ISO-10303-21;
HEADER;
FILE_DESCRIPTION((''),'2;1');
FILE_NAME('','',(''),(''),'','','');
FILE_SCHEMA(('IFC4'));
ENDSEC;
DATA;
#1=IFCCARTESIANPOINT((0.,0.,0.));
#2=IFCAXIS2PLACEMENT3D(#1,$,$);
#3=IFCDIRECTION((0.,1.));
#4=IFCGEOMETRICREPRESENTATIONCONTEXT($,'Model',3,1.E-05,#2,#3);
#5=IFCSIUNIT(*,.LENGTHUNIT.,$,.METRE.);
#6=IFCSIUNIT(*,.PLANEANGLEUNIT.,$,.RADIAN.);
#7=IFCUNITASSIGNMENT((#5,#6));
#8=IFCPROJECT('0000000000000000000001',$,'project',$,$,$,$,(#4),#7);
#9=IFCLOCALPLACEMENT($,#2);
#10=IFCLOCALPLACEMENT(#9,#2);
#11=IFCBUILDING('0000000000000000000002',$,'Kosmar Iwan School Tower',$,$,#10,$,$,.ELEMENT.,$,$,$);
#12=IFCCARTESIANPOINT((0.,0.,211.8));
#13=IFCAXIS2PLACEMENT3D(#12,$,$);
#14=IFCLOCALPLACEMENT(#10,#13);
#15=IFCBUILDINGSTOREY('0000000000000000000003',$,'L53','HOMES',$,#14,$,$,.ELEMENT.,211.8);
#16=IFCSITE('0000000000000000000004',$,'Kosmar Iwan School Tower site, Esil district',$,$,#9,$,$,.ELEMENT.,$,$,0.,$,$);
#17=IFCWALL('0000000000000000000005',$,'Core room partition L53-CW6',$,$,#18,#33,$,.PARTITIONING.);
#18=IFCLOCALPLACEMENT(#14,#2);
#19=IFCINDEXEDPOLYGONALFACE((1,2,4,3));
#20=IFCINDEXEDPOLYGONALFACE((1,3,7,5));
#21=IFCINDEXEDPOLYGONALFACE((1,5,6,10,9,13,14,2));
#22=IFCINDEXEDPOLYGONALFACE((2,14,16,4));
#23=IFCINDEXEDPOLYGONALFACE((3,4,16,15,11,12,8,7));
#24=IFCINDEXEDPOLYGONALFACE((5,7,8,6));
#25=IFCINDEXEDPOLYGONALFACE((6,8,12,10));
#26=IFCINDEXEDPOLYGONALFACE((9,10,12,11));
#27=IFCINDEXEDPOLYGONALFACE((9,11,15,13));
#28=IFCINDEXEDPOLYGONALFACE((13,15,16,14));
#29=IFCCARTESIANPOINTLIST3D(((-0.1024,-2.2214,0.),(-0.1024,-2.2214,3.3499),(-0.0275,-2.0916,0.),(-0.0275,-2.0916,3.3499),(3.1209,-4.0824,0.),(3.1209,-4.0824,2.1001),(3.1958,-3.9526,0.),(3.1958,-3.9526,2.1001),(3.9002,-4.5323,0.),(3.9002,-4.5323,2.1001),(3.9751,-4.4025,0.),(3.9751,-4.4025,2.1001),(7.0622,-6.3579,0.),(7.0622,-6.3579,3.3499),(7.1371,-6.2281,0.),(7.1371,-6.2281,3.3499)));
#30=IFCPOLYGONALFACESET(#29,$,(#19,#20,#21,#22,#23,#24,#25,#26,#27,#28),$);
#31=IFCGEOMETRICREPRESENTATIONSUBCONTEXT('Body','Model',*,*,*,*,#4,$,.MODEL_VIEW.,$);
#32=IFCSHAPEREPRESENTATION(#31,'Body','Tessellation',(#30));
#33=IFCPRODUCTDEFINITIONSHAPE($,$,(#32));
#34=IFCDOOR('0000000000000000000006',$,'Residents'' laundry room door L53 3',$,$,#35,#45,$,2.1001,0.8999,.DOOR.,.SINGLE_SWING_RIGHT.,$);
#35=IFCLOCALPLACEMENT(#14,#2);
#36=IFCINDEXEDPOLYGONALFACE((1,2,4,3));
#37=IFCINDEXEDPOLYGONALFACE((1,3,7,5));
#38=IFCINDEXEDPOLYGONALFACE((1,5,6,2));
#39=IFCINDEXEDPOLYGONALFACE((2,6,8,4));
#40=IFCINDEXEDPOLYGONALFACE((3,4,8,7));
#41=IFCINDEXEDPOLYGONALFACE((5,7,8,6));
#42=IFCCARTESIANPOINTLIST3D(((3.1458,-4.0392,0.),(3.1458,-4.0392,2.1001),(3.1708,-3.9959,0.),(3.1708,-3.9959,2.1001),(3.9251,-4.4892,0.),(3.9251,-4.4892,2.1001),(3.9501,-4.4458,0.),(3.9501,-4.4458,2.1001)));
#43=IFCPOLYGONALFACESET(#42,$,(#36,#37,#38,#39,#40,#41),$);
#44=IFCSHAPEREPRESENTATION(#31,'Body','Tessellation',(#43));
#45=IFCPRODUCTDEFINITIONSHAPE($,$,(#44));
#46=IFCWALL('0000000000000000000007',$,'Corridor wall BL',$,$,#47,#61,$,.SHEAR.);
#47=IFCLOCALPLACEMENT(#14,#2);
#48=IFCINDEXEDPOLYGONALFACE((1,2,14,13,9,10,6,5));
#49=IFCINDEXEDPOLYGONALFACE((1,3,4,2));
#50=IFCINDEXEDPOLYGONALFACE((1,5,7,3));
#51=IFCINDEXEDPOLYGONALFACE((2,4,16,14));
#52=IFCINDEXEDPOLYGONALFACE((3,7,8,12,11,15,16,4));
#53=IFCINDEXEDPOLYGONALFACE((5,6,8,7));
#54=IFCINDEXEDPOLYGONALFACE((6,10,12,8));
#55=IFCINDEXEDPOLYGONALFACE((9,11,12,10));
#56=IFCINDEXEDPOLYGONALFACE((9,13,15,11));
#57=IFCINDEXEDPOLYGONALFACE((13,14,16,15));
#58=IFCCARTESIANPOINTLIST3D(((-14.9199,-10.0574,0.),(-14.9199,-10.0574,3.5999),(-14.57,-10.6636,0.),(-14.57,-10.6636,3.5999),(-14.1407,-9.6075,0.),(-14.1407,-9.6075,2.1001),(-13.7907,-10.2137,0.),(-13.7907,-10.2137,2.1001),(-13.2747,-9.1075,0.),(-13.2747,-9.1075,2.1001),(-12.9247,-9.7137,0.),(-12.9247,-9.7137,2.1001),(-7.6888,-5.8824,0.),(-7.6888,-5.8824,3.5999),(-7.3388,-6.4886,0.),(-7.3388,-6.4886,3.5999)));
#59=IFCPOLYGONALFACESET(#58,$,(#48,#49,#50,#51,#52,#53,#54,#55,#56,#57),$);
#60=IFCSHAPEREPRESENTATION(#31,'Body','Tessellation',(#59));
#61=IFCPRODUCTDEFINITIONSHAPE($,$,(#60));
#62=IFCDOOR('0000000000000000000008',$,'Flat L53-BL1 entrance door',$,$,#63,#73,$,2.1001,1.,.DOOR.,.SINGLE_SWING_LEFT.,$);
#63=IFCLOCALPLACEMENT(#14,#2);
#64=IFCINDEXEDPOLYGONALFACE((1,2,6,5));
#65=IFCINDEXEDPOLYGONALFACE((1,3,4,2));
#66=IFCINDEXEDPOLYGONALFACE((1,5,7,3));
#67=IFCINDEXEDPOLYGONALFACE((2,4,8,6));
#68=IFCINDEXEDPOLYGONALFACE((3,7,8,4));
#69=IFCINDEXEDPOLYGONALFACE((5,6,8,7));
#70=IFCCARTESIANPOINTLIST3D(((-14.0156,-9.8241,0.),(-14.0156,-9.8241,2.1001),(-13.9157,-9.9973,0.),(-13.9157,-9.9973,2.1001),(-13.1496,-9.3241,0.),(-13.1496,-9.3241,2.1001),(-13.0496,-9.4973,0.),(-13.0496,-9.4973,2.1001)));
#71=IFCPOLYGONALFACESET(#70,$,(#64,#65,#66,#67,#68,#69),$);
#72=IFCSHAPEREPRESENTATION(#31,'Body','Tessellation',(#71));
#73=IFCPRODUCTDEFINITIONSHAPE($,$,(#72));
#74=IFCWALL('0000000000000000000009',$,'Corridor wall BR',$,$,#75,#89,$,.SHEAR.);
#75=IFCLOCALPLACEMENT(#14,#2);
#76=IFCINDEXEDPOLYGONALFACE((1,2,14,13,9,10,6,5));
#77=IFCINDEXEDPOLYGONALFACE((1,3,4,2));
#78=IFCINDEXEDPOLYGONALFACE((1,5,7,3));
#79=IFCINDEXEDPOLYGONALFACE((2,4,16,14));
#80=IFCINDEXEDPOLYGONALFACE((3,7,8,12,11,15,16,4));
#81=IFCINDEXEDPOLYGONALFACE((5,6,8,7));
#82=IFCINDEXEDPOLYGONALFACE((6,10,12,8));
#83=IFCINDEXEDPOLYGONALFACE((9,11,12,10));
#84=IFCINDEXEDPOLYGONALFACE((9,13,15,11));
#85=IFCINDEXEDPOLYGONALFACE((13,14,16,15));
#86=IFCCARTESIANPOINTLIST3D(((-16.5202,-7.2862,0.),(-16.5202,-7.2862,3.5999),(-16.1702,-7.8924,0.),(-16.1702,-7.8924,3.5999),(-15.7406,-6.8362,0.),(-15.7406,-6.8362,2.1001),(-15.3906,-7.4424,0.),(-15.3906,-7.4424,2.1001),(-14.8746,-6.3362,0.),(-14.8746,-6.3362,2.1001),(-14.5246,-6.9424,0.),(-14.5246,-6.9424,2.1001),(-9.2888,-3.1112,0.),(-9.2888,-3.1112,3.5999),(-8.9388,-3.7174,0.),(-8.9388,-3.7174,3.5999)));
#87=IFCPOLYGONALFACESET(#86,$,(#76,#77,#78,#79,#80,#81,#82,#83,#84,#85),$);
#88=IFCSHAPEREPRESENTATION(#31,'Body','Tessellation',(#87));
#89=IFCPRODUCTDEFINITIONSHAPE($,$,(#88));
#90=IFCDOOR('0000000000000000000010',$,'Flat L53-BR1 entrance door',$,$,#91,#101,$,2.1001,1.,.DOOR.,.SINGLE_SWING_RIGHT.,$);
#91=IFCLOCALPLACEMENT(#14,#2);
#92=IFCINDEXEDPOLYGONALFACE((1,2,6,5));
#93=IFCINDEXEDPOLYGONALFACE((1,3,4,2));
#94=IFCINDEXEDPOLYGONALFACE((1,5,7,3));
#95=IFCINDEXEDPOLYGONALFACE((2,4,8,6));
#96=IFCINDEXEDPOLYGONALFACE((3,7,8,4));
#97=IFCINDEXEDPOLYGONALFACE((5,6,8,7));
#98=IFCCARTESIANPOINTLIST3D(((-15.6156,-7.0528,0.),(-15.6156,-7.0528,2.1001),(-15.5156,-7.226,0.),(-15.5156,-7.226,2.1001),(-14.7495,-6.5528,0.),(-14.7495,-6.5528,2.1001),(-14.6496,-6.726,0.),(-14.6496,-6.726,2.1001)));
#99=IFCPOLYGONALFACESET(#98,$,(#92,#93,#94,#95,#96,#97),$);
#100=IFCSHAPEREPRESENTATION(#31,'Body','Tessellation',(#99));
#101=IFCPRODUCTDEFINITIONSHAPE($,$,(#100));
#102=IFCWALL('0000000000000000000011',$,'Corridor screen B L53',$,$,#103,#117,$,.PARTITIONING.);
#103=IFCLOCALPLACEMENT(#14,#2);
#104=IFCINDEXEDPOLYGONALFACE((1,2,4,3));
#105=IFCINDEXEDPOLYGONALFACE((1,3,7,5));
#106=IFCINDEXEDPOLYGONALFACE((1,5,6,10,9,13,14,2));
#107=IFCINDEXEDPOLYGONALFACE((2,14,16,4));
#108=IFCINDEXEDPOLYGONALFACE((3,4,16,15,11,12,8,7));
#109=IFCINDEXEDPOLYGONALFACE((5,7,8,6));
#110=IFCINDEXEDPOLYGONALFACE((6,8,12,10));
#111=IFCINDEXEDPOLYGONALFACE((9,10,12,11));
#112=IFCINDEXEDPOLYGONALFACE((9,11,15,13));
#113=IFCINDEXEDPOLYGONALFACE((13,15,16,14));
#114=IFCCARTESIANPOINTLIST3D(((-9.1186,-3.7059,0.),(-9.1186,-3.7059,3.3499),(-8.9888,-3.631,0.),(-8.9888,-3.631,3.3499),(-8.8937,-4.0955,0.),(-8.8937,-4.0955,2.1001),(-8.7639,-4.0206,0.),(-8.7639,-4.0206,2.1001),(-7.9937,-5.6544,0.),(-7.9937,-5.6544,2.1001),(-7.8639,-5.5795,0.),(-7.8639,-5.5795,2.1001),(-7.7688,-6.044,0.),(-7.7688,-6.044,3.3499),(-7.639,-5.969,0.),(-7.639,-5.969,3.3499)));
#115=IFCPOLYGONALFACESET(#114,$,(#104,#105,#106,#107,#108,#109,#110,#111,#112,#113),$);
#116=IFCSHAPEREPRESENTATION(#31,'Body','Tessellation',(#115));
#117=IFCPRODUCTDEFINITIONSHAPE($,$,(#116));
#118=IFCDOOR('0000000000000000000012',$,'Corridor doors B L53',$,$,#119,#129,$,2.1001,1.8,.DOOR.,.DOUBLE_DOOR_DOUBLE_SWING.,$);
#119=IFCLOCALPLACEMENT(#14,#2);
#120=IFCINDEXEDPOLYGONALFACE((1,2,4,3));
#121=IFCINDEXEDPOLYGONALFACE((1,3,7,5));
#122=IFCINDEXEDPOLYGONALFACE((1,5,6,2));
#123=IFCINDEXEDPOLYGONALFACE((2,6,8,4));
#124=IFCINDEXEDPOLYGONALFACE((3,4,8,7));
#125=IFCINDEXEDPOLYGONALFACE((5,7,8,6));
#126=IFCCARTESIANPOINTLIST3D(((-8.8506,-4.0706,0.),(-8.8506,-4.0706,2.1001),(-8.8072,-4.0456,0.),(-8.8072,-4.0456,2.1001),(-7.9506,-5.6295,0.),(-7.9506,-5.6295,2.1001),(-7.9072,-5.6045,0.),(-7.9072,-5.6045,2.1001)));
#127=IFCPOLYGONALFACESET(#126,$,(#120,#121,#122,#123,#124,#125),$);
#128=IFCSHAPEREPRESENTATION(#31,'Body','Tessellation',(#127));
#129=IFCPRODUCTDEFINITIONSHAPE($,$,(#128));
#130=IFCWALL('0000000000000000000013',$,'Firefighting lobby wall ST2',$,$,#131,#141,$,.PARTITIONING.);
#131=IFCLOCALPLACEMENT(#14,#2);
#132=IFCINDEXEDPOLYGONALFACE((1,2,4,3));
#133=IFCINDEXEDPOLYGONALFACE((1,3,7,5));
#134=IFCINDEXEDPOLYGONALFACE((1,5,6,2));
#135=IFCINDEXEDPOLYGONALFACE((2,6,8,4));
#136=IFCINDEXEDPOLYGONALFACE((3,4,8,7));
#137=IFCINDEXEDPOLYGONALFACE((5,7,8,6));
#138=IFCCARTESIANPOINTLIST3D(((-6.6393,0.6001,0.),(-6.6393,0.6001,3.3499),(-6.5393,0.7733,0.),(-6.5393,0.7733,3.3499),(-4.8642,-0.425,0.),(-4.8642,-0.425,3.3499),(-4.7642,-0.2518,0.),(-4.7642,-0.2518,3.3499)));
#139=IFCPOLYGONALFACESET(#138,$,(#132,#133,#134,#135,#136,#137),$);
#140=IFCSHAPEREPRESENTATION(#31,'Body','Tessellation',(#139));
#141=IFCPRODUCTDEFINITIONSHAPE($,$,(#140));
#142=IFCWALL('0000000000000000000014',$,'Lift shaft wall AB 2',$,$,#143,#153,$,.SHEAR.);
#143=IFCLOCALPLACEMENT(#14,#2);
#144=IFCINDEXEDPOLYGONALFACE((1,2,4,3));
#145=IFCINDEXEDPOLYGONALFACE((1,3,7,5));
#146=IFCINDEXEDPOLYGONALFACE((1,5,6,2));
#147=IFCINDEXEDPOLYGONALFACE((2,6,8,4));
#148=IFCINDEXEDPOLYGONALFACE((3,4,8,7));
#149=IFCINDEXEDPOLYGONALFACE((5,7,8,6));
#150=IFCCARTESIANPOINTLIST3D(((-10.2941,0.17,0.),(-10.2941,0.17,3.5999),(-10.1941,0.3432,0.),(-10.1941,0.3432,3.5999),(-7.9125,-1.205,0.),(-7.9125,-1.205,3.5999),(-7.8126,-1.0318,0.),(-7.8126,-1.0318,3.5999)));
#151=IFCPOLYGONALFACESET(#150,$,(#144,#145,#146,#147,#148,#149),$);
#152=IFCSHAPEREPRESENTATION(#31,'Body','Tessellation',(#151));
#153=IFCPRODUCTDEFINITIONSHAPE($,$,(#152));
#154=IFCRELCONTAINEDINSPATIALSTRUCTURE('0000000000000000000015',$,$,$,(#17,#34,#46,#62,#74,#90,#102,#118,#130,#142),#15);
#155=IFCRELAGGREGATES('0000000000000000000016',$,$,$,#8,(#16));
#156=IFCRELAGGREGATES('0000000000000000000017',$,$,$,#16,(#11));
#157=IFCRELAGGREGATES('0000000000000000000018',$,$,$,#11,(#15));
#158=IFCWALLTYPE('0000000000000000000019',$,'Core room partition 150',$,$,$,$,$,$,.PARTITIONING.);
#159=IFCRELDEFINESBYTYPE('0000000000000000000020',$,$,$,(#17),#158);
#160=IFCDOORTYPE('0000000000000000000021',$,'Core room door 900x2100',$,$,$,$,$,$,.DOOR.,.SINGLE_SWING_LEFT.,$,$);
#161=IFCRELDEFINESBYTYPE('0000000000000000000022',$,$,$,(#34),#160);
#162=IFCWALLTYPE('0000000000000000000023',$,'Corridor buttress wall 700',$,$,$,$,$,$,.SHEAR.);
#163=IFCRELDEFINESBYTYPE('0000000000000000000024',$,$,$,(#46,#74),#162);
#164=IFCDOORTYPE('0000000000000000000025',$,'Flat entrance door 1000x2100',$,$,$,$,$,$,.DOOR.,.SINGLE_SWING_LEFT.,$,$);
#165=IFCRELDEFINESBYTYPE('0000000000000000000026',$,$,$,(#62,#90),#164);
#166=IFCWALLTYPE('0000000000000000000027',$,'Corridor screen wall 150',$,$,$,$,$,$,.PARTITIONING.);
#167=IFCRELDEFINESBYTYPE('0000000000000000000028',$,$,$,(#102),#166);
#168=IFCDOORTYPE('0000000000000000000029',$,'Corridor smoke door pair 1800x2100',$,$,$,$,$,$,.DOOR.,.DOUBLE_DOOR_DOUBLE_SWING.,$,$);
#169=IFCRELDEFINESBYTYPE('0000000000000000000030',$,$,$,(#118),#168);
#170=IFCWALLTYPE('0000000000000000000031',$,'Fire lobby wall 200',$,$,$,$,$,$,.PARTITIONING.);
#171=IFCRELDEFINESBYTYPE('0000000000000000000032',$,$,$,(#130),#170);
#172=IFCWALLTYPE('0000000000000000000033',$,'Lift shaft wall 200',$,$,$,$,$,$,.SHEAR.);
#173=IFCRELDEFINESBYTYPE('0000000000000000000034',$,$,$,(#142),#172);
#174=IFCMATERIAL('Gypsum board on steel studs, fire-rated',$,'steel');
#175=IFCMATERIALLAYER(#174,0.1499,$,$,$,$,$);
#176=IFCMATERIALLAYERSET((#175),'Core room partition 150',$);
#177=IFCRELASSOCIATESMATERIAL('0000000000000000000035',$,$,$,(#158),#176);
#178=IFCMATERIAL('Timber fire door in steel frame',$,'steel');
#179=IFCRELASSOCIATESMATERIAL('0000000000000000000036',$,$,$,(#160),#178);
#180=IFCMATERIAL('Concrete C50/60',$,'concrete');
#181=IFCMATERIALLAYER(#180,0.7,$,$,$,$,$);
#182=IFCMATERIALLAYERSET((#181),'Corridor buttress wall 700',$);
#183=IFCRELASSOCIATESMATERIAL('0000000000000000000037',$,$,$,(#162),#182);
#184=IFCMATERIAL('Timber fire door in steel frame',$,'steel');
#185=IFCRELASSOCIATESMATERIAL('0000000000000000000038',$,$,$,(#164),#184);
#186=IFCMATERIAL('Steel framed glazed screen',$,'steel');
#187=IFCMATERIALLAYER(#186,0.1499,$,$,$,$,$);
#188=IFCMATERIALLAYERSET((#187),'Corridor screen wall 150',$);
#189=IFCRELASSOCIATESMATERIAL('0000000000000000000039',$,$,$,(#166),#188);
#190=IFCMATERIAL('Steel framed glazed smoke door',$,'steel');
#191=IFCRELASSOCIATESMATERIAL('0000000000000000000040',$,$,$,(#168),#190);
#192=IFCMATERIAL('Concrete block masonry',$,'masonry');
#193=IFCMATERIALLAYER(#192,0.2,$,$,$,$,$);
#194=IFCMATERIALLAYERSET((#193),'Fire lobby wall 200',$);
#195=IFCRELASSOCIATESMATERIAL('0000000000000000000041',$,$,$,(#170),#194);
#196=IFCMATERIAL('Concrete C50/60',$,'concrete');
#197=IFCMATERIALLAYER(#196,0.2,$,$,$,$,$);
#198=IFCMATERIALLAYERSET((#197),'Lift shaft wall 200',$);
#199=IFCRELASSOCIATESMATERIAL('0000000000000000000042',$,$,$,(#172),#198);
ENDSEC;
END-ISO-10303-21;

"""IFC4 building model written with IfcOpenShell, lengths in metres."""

from ifc_helpers import new_model, si_unit, direction, frame, frame_2d, origin, place, context, subcontext, project, spatial, rectangle, extrude, material, layer, layer_set, type_object, element, fill, save


model = new_model("IFC4")

# Units and contexts
model_context = context("Model", 3, precision=1e-05, world=origin(), true_north=direction((0.0, 1.0)))
body_context = subcontext(model_context, "Body", "Model", "MODEL_VIEW")
ifc_project = project(units=[si_unit("LENGTHUNIT", "METRE"), si_unit("PLANEANGLEUNIT", "RADIAN")], contexts=[model_context])

# Site, building, storey
site_placement = place(None, origin())
site = spatial("IfcSite", under=ifc_project, at=site_placement, Name="Kosmar Iwan School Tower site, Esil district", CompositionType="ELEMENT", RefElevation=0.0)
building_placement = place(site_placement, origin())
building = spatial("IfcBuilding", under=site, at=building_placement, Name="Kosmar Iwan School Tower", CompositionType="ELEMENT")
storey_placement = place(building_placement, frame((0.0, 0.0, 211.8)))
storey = spatial("IfcBuildingStorey", under=building, at=storey_placement, Name="L53", Description="HOMES", CompositionType="ELEMENT", Elevation=211.8)

# Walls, openings, doors
ifc_material_1 = material(Name="Gypsum board on steel studs, fire-rated", Category="steel")
ifc_layer_1 = layer(ifc_material_1, 0.1499)
ifc_layer_set_1 = layer_set([ifc_layer_1], Name="Core room partition 150")
wall_type_1 = type_object("IfcWallType", Name="Core room partition 150", PredefinedType="PARTITIONING", material=ifc_layer_set_1)
wall_1_placement = place(storey_placement, frame((-0.0649, -2.1565, 0.0), z_axis=(0.0, 0.0, 1.0), x_axis=(0.866024, -0.500002, 0.0)))
wall_1 = element("IfcWall", 1, at=wall_1_placement, inside=storey, type_object=wall_type_1, Name="Core room partition L53-CW6", PredefinedType="PARTITIONING", context=body_context, shape_type="SweptSolid", body=[
    extrude(rectangle(XDim=8.2729, YDim=0.1499, at=frame_2d((4.1365, 0.0))), origin(), (0.0, 0.0, 1.0), 3.3499),
])
opening_1_placement = place(wall_1_placement, frame((3.7219, 0.0, 0.0)))
opening_1 = element("IfcOpeningElement", 2, at=opening_1_placement, cuts=wall_1, PredefinedType="OPENING", context=body_context, shape_type="SweptSolid", body=[
    extrude(rectangle(XDim=0.8999, YDim=2.1001, at=frame_2d((0.45, 1.05))), frame((0.0, 0.0869, 0.0), z_axis=(0.0, -1.0, 0.0), x_axis=(1.0, 0.0, 0.0)), (0.0, 0.0, 1.0), 0.1738),
])
ifc_material_2 = material(Name="Timber fire door in steel frame", Category="steel")
door_type_1 = type_object("IfcDoorType", Name="Core room door 900x2100", OperationType="SINGLE_SWING_LEFT", PredefinedType="DOOR", material=ifc_material_2)
door_1_placement = place(opening_1_placement, origin())
door_1 = element("IfcDoor", 3, at=door_1_placement, inside=storey, type_object=door_type_1, Name="Residents' laundry room door L53 3", OperationType="SINGLE_SWING_RIGHT", OverallHeight=2.1001, OverallWidth=0.8999, PredefinedType="DOOR", context=body_context, shape_type="SweptSolid", body=[
    extrude(rectangle(XDim=0.8999, YDim=2.1001, at=frame_2d((0.45, 1.05))), frame((0.0, 0.0249, 0.0), z_axis=(0.0, -1.0, 0.0), x_axis=(1.0, 0.0, 0.0)), (0.0, 0.0, 1.0), 0.05),
])
fill(opening_1, door_1)
ifc_material_3 = material(Name="Concrete C50/60", Category="concrete")
ifc_layer_2 = layer(ifc_material_3, 0.7)
ifc_layer_set_2 = layer_set([ifc_layer_2], Name="Corridor buttress wall 700")
wall_type_2 = type_object("IfcWallType", Name="Corridor buttress wall 700", PredefinedType="SHEAR", material=ifc_layer_set_2)
wall_2_placement = place(storey_placement, frame((-7.5139, -6.1855, 0.0), z_axis=(0.0, 0.0, 1.0), x_axis=(-0.86602, -0.50001, 0.0)))
wall_2 = element("IfcWall", 4, at=wall_2_placement, inside=storey, type_object=wall_type_2, Name="Corridor wall BL", PredefinedType="SHEAR", context=body_context, shape_type="SweptSolid", body=[
    extrude(rectangle(XDim=8.3499, YDim=0.7, at=frame_2d((4.1748, 0.0))), origin(), (0.0, 0.0, 1.0), 3.5999),
])
opening_2_placement = place(wall_2_placement, frame((6.45, 0.0, 0.0)))
opening_2 = element("IfcOpeningElement", 5, at=opening_2_placement, cuts=wall_2, PredefinedType="OPENING", context=body_context, shape_type="SweptSolid", body=[
    extrude(rectangle(XDim=1.0, YDim=2.1001, at=frame_2d((0.5, 1.05))), frame((0.0, 0.3621, 0.0), z_axis=(0.0, -1.0, 0.0), x_axis=(1.0, 0.0, 0.0)), (0.0, 0.0, 1.0), 0.7239),
])
ifc_material_4 = material(Name="Timber fire door in steel frame", Category="steel")
door_type_2 = type_object("IfcDoorType", Name="Flat entrance door 1000x2100", OperationType="SINGLE_SWING_LEFT", PredefinedType="DOOR", material=ifc_material_4)
door_2_placement = place(opening_2_placement, origin())
door_2 = element("IfcDoor", 6, at=door_2_placement, inside=storey, type_object=door_type_2, Name="Flat L53-BL1 entrance door", OperationType="SINGLE_SWING_LEFT", OverallHeight=2.1001, OverallWidth=1.0, PredefinedType="DOOR", context=body_context, shape_type="SweptSolid", body=[
    extrude(rectangle(XDim=1.0, YDim=2.1001, at=frame_2d((0.5, 1.05))), frame((0.0, 0.1001, 0.0), z_axis=(0.0, -1.0, 0.0), x_axis=(1.0, 0.0, 0.0)), (0.0, 0.0, 1.0), 0.2),
])
fill(opening_2, door_2)
wall_3_placement = place(storey_placement, frame((-9.1138, -3.4143, 0.0), z_axis=(0.0, 0.0, 1.0), x_axis=(-0.866027, -0.499997, 0.0)))
wall_3 = element("IfcWall", 7, at=wall_3_placement, inside=storey, type_object=wall_type_2, Name="Corridor wall BR", PredefinedType="SHEAR", context=body_context, shape_type="SweptSolid", body=[
    extrude(rectangle(XDim=8.3501, YDim=0.7, at=frame_2d((4.175, 0.0))), origin(), (0.0, 0.0, 1.0), 3.5999),
])
opening_3_placement = place(wall_3_placement, frame((6.45, 0.0, 0.0)))
opening_3 = element("IfcOpeningElement", 8, at=opening_3_placement, cuts=wall_3, PredefinedType="OPENING", context=body_context, shape_type="SweptSolid", body=[
    extrude(rectangle(XDim=1.0, YDim=2.1001, at=frame_2d((0.5, 1.05))), frame((0.0, 0.3621, 0.0), z_axis=(0.0, -1.0, 0.0), x_axis=(1.0, 0.0, 0.0)), (0.0, 0.0, 1.0), 0.7239),
])
door_3_placement = place(opening_3_placement, origin())
door_3 = element("IfcDoor", 9, at=door_3_placement, inside=storey, type_object=door_type_2, Name="Flat L53-BR1 entrance door", OperationType="SINGLE_SWING_RIGHT", OverallHeight=2.1001, OverallWidth=1.0, PredefinedType="DOOR", context=body_context, shape_type="SweptSolid", body=[
    extrude(rectangle(XDim=1.0, YDim=2.1001, at=frame_2d((0.5, 1.05))), frame((0.0, 0.1001, 0.0), z_axis=(0.0, -1.0, 0.0), x_axis=(1.0, 0.0, 0.0)), (0.0, 0.0, 1.0), 0.2),
])
fill(opening_3, door_3)
ifc_material_5 = material(Name="Steel framed glazed screen", Category="steel")
ifc_layer_3 = layer(ifc_material_5, 0.1499)
ifc_layer_set_3 = layer_set([ifc_layer_3], Name="Corridor screen wall 150")
wall_type_3 = type_object("IfcWallType", Name="Corridor screen wall 150", PredefinedType="PARTITIONING", material=ifc_layer_set_3)
wall_4_placement = place(storey_placement, frame((-9.0537, -3.6685, 0.0), z_axis=(0.0, 0.0, 1.0), x_axis=(0.499981, -0.866037, 0.0)))
wall_4 = element("IfcWall", 10, at=wall_4_placement, inside=storey, type_object=wall_type_3, Name="Corridor screen B L53", PredefinedType="PARTITIONING", context=body_context, shape_type="SweptSolid", body=[
    extrude(rectangle(XDim=2.6997, YDim=0.1499, at=frame_2d((1.3499, 0.0))), origin(), (0.0, 0.0, 1.0), 3.3499),
])
opening_4_placement = place(wall_4_placement, frame((0.45, 0.0, 0.0)))
opening_4 = element("IfcOpeningElement", 11, at=opening_4_placement, cuts=wall_4, PredefinedType="OPENING", context=body_context, shape_type="SweptSolid", body=[
    extrude(rectangle(XDim=1.8, YDim=2.1001, at=frame_2d((0.8999, 1.05))), frame((0.0, 0.0869, 0.0), z_axis=(0.0, -1.0, 0.0), x_axis=(1.0, 0.0, 0.0)), (0.0, 0.0, 1.0), 0.1738),
])
ifc_material_6 = material(Name="Steel framed glazed smoke door", Category="steel")
door_type_3 = type_object("IfcDoorType", Name="Corridor smoke door pair 1800x2100", OperationType="DOUBLE_DOOR_DOUBLE_SWING", PredefinedType="DOOR", material=ifc_material_6)
door_4_placement = place(opening_4_placement, origin())
door_4 = element("IfcDoor", 12, at=door_4_placement, inside=storey, type_object=door_type_3, Name="Corridor doors B L53", OperationType="DOUBLE_DOOR_DOUBLE_SWING", OverallHeight=2.1001, OverallWidth=1.8, PredefinedType="DOOR", context=body_context, shape_type="SweptSolid", body=[
    extrude(rectangle(XDim=1.8, YDim=2.1001, at=frame_2d((0.8999, 1.05))), frame((0.0, 0.0249, 0.0), z_axis=(0.0, -1.0, 0.0), x_axis=(1.0, 0.0, 0.0)), (0.0, 0.0, 1.0), 0.05),
])
fill(opening_4, door_4)

# Walls
ifc_material_7 = material(Name="Concrete block masonry", Category="masonry")
ifc_layer_4 = layer(ifc_material_7, 0.2)
ifc_layer_set_4 = layer_set([ifc_layer_4], Name="Fire lobby wall 200")
wall_type_4 = type_object("IfcWallType", Name="Fire lobby wall 200", PredefinedType="PARTITIONING", material=ifc_layer_set_4)
wall_5_placement = place(storey_placement, frame((-4.8142, -0.3384, 0.0), z_axis=(0.0, 0.0, 1.0), x_axis=(-0.865969, 0.500097, 0.0)))
element("IfcWall", 13, at=wall_5_placement, inside=storey, type_object=wall_type_4, Name="Firefighting lobby wall ST2", PredefinedType="PARTITIONING", context=body_context, shape_type="SweptSolid", body=[
    extrude(rectangle(XDim=2.0498, YDim=0.2, at=frame_2d((1.0249, 0.0))), origin(), (0.0, 0.0, 1.0), 3.3499),
])
ifc_material_8 = material(Name="Concrete C50/60", Category="concrete")
ifc_layer_5 = layer(ifc_material_8, 0.2)
ifc_layer_set_5 = layer_set([ifc_layer_5], Name="Lift shaft wall 200")
wall_type_5 = type_object("IfcWallType", Name="Lift shaft wall 200", PredefinedType="SHEAR", material=ifc_layer_set_5)
wall_6_placement = place(storey_placement, frame((-7.8625, -1.1184, 0.0), z_axis=(0.0, 0.0, 1.0), x_axis=(-0.866027, 0.499997, 0.0)))
element("IfcWall", 14, at=wall_6_placement, inside=storey, type_object=wall_type_5, Name="Lift shaft wall AB 2", PredefinedType="SHEAR", context=body_context, shape_type="SweptSolid", body=[
    extrude(rectangle(XDim=2.75, YDim=0.2, at=frame_2d((1.375, 0.0))), origin(), (0.0, 0.0, 1.0), 3.5999),
])

save(model, "model.ifc")
